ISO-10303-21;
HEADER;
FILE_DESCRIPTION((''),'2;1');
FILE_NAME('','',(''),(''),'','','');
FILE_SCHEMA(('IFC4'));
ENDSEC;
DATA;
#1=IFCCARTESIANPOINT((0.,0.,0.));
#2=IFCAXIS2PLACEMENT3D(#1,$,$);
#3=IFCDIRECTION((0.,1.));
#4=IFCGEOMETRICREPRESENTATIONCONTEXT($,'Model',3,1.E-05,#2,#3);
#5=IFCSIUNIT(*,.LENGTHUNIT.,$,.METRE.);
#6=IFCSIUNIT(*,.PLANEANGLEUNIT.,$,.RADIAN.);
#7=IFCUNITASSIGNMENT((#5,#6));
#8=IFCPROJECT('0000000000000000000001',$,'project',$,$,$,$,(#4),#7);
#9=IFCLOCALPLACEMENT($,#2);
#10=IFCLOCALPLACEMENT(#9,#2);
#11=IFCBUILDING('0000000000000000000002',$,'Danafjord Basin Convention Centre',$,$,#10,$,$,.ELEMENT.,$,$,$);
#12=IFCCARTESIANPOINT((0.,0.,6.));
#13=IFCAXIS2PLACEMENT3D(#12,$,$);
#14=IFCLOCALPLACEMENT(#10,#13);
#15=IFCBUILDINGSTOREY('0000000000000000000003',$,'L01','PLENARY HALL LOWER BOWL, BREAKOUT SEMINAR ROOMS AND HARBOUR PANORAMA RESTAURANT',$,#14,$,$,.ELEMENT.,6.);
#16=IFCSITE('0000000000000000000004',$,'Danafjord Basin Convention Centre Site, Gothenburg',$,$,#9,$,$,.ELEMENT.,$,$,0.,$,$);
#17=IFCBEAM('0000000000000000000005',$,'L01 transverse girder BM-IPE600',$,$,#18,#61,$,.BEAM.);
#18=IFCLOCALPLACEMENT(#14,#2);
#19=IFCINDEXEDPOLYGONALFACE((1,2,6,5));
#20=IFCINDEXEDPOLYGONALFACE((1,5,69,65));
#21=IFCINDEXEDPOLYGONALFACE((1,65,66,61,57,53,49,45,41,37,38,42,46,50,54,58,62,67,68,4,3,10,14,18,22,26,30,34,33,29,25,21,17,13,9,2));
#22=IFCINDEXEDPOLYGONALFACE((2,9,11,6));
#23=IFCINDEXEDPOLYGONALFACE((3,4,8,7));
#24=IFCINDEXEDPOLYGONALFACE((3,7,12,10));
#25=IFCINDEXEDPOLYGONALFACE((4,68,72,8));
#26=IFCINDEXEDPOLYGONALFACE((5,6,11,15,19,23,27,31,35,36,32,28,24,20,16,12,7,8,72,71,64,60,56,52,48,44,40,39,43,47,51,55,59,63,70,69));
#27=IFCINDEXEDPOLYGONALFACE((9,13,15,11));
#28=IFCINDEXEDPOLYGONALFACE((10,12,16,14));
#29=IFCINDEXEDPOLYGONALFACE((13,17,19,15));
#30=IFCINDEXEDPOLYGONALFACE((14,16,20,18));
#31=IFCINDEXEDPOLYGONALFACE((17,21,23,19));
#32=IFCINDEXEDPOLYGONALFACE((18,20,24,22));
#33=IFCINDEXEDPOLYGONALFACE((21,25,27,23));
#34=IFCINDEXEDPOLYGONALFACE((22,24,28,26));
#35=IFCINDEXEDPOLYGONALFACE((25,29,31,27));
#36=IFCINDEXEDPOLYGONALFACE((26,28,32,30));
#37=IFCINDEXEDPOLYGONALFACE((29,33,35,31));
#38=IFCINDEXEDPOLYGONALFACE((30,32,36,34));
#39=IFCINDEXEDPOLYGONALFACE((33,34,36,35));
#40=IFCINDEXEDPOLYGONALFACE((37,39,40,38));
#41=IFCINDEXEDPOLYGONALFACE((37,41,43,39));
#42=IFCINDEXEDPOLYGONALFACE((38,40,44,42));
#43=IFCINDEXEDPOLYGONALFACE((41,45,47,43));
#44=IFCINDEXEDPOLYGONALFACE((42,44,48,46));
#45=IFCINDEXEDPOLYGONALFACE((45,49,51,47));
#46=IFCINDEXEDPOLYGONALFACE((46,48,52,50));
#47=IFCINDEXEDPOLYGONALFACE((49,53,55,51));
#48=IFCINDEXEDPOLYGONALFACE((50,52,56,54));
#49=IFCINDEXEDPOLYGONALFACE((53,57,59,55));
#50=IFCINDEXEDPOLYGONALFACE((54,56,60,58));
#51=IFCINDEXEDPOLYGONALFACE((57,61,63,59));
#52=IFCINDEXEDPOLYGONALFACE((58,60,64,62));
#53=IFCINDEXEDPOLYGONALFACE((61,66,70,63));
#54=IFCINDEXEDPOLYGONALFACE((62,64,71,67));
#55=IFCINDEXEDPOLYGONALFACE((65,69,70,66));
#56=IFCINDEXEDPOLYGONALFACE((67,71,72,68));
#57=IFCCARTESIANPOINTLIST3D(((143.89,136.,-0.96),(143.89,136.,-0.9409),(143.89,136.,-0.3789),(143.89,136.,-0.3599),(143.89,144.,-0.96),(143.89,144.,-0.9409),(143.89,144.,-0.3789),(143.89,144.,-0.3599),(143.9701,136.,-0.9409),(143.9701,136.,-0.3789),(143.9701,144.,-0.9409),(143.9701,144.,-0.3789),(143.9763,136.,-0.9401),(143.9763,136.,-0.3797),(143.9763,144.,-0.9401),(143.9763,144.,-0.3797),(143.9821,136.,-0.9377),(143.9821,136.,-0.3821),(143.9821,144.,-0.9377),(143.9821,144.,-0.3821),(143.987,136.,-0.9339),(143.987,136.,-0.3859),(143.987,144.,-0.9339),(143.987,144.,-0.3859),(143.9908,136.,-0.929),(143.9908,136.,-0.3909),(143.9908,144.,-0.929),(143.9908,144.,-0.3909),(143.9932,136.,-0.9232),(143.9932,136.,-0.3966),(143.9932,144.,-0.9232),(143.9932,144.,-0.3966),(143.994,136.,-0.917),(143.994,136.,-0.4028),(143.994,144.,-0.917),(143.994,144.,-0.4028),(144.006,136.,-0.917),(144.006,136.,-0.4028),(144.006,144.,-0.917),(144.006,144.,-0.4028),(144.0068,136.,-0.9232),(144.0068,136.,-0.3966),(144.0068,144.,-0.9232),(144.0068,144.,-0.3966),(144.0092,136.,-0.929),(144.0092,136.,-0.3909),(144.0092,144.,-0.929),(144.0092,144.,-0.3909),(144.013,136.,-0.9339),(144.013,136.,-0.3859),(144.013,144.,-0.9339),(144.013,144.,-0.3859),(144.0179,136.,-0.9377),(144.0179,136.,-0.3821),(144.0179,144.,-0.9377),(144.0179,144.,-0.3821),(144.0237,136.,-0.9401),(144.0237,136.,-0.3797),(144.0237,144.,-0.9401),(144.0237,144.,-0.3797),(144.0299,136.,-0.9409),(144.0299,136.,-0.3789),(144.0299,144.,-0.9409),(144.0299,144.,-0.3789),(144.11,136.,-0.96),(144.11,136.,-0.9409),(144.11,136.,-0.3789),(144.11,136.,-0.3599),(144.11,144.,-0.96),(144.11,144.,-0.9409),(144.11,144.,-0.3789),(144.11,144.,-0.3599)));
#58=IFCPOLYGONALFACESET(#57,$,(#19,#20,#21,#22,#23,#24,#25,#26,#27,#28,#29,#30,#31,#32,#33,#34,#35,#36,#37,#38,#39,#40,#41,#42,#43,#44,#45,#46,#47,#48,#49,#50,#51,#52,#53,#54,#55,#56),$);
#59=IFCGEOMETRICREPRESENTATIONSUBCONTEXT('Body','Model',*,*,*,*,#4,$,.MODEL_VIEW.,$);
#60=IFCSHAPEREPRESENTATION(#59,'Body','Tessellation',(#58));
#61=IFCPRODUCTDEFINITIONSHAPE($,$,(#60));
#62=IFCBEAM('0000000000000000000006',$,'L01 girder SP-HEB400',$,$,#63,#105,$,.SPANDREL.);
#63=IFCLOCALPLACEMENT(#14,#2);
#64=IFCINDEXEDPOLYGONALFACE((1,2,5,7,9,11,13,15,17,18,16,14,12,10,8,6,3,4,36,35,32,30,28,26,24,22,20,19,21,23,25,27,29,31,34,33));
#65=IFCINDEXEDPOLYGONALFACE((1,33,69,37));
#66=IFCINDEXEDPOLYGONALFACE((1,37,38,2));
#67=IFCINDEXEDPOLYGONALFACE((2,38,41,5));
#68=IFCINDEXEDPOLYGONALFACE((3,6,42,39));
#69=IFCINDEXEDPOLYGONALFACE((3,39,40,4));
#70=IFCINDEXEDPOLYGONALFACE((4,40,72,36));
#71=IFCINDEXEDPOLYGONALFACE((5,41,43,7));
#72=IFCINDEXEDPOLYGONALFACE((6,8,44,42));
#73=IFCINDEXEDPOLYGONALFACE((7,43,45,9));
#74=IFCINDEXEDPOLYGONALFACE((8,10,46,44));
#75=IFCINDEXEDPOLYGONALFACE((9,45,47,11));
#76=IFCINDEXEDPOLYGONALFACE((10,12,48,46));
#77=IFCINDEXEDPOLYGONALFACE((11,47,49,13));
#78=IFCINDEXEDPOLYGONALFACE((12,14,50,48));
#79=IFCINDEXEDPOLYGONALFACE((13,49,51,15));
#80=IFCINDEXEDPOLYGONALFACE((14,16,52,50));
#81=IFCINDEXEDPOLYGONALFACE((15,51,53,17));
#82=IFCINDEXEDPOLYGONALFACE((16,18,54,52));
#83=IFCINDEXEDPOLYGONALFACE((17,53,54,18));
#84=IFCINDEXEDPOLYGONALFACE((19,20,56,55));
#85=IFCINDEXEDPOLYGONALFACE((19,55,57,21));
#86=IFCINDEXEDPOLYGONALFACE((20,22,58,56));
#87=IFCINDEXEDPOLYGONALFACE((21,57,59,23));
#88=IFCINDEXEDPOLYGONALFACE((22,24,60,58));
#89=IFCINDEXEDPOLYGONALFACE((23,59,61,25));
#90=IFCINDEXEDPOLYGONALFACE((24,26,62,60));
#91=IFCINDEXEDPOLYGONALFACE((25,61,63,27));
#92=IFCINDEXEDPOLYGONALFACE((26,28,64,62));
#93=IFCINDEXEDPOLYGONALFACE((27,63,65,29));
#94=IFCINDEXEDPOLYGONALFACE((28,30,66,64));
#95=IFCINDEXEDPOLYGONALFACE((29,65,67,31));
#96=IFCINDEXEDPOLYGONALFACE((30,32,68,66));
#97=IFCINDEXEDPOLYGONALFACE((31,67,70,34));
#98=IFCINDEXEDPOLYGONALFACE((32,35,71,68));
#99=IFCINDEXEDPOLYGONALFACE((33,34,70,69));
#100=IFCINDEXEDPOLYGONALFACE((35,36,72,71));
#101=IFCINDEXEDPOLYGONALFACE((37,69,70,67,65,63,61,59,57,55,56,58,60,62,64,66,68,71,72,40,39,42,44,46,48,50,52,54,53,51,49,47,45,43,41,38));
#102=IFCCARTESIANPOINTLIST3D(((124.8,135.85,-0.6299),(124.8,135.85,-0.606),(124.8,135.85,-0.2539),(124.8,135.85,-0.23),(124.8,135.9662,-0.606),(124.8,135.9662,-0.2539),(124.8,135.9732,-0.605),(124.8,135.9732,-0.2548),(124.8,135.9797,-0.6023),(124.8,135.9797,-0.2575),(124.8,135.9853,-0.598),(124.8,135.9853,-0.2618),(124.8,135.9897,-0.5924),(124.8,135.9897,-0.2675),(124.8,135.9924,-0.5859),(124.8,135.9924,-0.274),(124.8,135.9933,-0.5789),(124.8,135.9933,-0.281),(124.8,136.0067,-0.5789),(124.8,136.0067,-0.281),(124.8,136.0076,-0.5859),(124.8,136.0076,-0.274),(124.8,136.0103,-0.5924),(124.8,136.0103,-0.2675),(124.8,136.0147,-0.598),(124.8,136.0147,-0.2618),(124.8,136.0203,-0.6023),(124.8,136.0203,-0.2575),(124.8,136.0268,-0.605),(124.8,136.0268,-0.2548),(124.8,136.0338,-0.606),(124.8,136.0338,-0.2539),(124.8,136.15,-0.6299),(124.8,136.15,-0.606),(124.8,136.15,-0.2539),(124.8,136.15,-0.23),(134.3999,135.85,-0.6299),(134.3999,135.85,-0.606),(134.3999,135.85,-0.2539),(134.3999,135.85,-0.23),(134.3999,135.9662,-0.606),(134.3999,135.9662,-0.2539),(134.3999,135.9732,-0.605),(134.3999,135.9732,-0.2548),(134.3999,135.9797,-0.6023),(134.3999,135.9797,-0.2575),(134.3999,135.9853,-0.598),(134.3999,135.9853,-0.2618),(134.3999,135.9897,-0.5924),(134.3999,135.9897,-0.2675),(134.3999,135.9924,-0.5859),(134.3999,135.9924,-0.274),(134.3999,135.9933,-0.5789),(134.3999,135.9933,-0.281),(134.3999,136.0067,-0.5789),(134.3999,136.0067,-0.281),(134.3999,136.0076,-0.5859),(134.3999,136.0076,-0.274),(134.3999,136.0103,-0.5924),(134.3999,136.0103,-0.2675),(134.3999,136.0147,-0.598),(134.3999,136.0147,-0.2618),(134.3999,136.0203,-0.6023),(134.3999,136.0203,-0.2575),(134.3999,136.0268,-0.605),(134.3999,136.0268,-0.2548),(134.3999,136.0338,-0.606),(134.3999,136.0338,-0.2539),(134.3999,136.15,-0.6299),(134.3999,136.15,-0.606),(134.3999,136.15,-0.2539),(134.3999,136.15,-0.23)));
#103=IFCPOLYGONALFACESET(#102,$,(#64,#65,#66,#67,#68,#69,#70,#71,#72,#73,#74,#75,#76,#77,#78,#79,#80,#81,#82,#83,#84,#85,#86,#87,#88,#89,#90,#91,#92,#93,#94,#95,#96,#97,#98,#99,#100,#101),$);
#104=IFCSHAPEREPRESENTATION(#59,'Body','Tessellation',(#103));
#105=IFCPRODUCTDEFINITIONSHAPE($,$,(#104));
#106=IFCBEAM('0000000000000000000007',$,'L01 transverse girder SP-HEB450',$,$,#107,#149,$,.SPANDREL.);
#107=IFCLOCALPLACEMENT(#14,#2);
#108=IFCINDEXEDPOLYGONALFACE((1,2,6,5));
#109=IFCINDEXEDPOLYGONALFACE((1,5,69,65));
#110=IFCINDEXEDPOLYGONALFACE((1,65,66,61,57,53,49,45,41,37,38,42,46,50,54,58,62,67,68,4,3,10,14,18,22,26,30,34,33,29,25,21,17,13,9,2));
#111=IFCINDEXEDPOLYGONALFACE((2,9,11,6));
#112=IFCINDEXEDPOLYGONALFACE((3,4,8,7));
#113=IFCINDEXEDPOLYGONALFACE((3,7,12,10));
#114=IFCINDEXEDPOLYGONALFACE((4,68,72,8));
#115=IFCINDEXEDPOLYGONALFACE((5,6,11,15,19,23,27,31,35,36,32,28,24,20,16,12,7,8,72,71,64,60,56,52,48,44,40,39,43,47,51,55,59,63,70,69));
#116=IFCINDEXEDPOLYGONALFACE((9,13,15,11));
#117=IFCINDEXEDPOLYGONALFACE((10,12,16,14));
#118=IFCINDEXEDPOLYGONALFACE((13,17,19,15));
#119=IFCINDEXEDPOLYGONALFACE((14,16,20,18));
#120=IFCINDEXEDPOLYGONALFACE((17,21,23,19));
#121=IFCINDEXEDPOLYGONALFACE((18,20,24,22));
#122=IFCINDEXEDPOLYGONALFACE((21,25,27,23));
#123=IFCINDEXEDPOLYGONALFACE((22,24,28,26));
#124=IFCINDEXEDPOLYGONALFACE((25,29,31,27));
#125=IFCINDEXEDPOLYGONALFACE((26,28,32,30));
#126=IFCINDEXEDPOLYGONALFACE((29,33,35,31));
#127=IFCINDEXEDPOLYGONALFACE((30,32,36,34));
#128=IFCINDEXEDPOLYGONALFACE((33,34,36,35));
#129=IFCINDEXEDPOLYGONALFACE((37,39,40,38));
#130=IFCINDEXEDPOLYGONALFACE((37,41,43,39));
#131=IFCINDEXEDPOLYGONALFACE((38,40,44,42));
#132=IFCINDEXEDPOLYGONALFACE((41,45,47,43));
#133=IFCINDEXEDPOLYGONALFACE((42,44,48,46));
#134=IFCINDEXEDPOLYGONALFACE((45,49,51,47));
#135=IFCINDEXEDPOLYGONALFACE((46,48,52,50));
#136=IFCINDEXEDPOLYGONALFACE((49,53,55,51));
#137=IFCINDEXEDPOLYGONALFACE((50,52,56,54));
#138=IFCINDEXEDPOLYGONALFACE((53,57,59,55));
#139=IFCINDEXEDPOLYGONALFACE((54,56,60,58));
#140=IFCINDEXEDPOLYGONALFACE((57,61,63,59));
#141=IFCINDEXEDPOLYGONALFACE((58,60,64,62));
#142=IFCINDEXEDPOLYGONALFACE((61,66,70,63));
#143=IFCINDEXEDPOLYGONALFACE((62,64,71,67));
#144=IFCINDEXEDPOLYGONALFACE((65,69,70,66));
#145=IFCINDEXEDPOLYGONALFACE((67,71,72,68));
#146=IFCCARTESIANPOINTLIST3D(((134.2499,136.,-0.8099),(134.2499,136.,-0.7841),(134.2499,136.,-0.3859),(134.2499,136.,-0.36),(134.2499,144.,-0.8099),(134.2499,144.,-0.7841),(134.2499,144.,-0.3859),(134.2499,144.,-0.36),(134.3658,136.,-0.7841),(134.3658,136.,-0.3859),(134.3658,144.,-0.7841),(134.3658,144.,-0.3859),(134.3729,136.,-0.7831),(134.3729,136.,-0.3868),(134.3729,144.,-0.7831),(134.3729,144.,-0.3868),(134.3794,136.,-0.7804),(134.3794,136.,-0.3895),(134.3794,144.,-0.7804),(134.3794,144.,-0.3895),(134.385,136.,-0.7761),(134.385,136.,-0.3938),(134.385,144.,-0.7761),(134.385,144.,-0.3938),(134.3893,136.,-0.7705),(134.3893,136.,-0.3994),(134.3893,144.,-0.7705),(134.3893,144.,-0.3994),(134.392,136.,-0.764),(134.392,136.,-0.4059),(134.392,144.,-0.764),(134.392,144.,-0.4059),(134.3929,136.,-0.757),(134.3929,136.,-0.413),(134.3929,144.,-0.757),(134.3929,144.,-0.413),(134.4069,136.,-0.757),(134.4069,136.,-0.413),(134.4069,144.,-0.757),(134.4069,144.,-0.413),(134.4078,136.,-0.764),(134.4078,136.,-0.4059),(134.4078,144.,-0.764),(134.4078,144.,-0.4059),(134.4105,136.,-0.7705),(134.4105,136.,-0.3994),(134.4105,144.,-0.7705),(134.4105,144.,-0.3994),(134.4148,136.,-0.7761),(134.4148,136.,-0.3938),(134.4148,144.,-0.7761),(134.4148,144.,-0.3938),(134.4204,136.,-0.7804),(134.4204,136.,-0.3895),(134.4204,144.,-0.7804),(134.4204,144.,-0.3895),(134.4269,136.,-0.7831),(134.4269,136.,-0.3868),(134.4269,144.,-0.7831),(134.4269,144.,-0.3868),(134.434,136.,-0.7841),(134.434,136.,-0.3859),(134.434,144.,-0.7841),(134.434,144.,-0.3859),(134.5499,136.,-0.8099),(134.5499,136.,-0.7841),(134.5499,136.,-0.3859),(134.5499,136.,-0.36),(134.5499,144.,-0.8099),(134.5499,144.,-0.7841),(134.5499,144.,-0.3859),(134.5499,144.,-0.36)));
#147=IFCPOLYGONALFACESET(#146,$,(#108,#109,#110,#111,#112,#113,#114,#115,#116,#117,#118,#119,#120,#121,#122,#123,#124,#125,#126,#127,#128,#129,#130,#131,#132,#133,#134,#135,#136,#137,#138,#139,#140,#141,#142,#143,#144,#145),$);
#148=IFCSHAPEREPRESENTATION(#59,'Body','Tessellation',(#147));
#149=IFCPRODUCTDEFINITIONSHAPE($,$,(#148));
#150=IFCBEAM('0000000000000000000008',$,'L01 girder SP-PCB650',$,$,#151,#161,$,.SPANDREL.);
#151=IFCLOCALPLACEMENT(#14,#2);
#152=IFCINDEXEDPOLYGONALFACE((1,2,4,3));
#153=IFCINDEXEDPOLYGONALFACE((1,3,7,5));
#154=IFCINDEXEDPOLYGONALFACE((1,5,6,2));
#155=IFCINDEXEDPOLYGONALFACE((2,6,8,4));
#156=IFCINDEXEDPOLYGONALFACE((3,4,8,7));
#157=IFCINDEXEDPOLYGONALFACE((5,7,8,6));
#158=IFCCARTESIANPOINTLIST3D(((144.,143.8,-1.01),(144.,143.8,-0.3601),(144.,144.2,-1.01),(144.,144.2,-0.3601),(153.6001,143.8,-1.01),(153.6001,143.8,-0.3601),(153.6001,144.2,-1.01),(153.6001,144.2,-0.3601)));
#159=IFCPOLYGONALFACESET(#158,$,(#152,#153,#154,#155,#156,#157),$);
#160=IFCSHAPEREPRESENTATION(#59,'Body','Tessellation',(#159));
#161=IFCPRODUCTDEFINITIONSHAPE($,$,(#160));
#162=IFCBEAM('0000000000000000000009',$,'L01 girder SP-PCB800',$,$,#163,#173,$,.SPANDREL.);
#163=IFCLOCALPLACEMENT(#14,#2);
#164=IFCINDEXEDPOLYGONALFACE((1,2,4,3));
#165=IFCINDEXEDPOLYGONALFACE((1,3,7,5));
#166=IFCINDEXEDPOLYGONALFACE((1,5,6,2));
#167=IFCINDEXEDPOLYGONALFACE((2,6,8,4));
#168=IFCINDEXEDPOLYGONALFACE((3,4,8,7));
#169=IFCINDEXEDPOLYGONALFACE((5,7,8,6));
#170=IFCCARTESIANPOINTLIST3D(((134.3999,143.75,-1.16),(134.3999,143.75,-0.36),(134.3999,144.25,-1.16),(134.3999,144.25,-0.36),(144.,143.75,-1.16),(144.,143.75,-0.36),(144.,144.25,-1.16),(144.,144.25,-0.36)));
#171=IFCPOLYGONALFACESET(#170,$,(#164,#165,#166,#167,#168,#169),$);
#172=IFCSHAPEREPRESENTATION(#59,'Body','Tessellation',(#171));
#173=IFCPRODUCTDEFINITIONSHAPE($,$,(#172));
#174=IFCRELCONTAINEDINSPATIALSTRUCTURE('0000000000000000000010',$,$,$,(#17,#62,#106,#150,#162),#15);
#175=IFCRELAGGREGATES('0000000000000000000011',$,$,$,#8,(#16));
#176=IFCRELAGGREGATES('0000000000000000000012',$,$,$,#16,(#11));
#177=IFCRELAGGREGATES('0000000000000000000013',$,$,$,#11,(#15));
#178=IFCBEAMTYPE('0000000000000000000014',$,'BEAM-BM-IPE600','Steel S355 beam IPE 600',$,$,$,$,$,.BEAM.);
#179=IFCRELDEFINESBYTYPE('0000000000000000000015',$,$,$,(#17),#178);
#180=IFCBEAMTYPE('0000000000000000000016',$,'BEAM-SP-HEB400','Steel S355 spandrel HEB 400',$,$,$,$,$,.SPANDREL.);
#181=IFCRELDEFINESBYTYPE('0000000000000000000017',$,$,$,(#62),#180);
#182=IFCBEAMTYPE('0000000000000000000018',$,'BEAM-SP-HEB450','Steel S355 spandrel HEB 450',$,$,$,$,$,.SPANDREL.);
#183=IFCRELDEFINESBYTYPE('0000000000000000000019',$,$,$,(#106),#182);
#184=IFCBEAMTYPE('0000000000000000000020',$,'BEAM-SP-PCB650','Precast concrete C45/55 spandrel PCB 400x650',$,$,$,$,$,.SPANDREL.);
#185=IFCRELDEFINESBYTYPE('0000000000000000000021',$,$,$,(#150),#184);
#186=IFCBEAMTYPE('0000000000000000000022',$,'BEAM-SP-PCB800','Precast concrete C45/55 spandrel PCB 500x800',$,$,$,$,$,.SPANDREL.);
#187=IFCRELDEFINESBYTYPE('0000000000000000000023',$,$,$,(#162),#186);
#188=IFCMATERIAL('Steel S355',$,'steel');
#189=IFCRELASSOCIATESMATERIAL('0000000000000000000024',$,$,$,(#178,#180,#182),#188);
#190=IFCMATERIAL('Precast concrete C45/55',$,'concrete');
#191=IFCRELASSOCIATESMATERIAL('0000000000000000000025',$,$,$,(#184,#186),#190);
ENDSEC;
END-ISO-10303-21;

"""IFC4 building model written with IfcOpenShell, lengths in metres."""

from ifc_helpers import new_model, si_unit, direction, frame, origin, origin_2d, place, context, subcontext, project, spatial, rectangle, i_section, extrude, material, material_profile, profile_set, type_object, element, save


model = new_model("IFC4")

# Units and contexts
model_context = context("Model", 3, precision=1e-05, world=origin(), true_north=direction((0.0, 1.0)))
body_context = subcontext(model_context, "Body", "Model", "MODEL_VIEW")
ifc_project = project(units=[si_unit("LENGTHUNIT", "METRE"), si_unit("PLANEANGLEUNIT", "RADIAN")], contexts=[model_context])

# Site, building, storey
site_placement = place(None, origin())
site = spatial("IfcSite", under=ifc_project, at=site_placement, Name="Danafjord Basin Convention Centre Site, Gothenburg", CompositionType="ELEMENT", RefElevation=0.0)
building_placement = place(site_placement, origin())
building = spatial("IfcBuilding", under=site, at=building_placement, Name="Danafjord Basin Convention Centre", CompositionType="ELEMENT")
storey_placement = place(building_placement, frame((0.0, 0.0, 6.0)))
storey = spatial("IfcBuildingStorey", under=building, at=storey_placement, Name="L01", Description="PLENARY HALL LOWER BOWL, BREAKOUT SEMINAR ROOMS AND HARBOUR PANORAMA RESTAURANT", CompositionType="ELEMENT", Elevation=6.0)

# Shared definitions
ifc_material_1 = material(Name="Steel S355", Category="steel")

# Beams
ifc_material_profile_1 = material_profile(ifc_material_1, i_section(OverallWidth=0.22, OverallDepth=0.6001, WebThickness=0.012, FlangeThickness=0.019, FilletRadius=0.0239, at=origin_2d()), Name="IPE 600")
ifc_profile_set_1 = profile_set([ifc_material_profile_1], Name="Steel S355")
beam_type_1 = type_object("IfcBeamType", Name="BEAM-BM-IPE600", Description="Steel S355 beam IPE 600", PredefinedType="BEAM", material=ifc_profile_set_1)
beam_1_placement = place(storey_placement, frame((144.0, 136.0, -0.6599), z_axis=(0.0, 1.0, 0.0), x_axis=(-1.0, 0.0, 0.0)))
element("IfcBeam", 1, at=beam_1_placement, inside=storey, type_object=beam_type_1, Name="L01 transverse girder BM-IPE600", PredefinedType="BEAM", context=body_context, shape_type="SweptSolid", body=[
    extrude(i_section(OverallWidth=0.22, OverallDepth=0.6001, WebThickness=0.012, FlangeThickness=0.019, FilletRadius=0.0239, at=origin_2d()), origin(), (0.0, 0.0, 1.0), 8.0),
])
ifc_material_profile_2 = material_profile(ifc_material_1, i_section(OverallWidth=0.3, OverallDepth=0.3999, WebThickness=0.0134, FlangeThickness=0.0239, FilletRadius=0.0271, at=origin_2d()), Name="HEB 400")
ifc_profile_set_2 = profile_set([ifc_material_profile_2], Name="Steel S355")
beam_type_2 = type_object("IfcBeamType", Name="BEAM-SP-HEB400", Description="Steel S355 spandrel HEB 400", PredefinedType="SPANDREL", material=ifc_profile_set_2)
beam_2_placement = place(storey_placement, frame((124.8, 136.0, -0.4299), z_axis=(1.0, 0.0, 0.0), x_axis=(0.0, 1.0, 0.0)))
element("IfcBeam", 2, at=beam_2_placement, inside=storey, type_object=beam_type_2, Name="L01 girder SP-HEB400", PredefinedType="SPANDREL", context=body_context, shape_type="SweptSolid", body=[
    extrude(i_section(OverallWidth=0.3, OverallDepth=0.3999, WebThickness=0.0134, FlangeThickness=0.0239, FilletRadius=0.0271, at=origin_2d()), origin(), (0.0, 0.0, 1.0), 9.5999),
])
ifc_material_profile_3 = material_profile(ifc_material_1, i_section(OverallWidth=0.3, OverallDepth=0.45, WebThickness=0.0139, FlangeThickness=0.0259, FilletRadius=0.0271, at=origin_2d()), Name="HEB 450")
ifc_profile_set_3 = profile_set([ifc_material_profile_3], Name="Steel S355")
beam_type_3 = type_object("IfcBeamType", Name="BEAM-SP-HEB450", Description="Steel S355 spandrel HEB 450", PredefinedType="SPANDREL", material=ifc_profile_set_3)
beam_3_placement = place(storey_placement, frame((134.3999, 136.0, -0.585), z_axis=(0.0, 1.0, 0.0), x_axis=(-1.0, 0.0, 0.0)))
element("IfcBeam", 3, at=beam_3_placement, inside=storey, type_object=beam_type_3, Name="L01 transverse girder SP-HEB450", PredefinedType="SPANDREL", context=body_context, shape_type="SweptSolid", body=[
    extrude(i_section(OverallWidth=0.3, OverallDepth=0.45, WebThickness=0.0139, FlangeThickness=0.0259, FilletRadius=0.0271, at=origin_2d()), origin(), (0.0, 0.0, 1.0), 8.0),
])
ifc_material_2 = material(Name="Precast concrete C45/55", Category="concrete")
ifc_material_profile_4 = material_profile(ifc_material_2, rectangle(XDim=0.3999, YDim=0.6499, at=origin_2d()), Name="PCB 400x650")
ifc_profile_set_4 = profile_set([ifc_material_profile_4], Name="Precast concrete C45/55")
beam_type_4 = type_object("IfcBeamType", Name="BEAM-SP-PCB650", Description="Precast concrete C45/55 spandrel PCB 400x650", PredefinedType="SPANDREL", material=ifc_profile_set_4)
beam_4_placement = place(storey_placement, frame((144.0, 144.0, -0.6851), z_axis=(1.0, 0.0, 0.0), x_axis=(0.0, 1.0, 0.0)))
element("IfcBeam", 4, at=beam_4_placement, inside=storey, type_object=beam_type_4, Name="L01 girder SP-PCB650", PredefinedType="SPANDREL", context=body_context, shape_type="SweptSolid", body=[
    extrude(rectangle(XDim=0.3999, YDim=0.6499, at=origin_2d()), origin(), (0.0, 0.0, 1.0), 9.6001),
])
ifc_material_profile_5 = material_profile(ifc_material_2, rectangle(XDim=0.5, YDim=0.8, at=origin_2d()), Name="PCB 500x800")
ifc_profile_set_5 = profile_set([ifc_material_profile_5], Name="Precast concrete C45/55")
beam_type_5 = type_object("IfcBeamType", Name="BEAM-SP-PCB800", Description="Precast concrete C45/55 spandrel PCB 500x800", PredefinedType="SPANDREL", material=ifc_profile_set_5)
beam_5_placement = place(storey_placement, frame((134.3999, 144.0, -0.76), z_axis=(1.0, 0.0, 0.0), x_axis=(0.0, 1.0, 0.0)))
element("IfcBeam", 5, at=beam_5_placement, inside=storey, type_object=beam_type_5, Name="L01 girder SP-PCB800", PredefinedType="SPANDREL", context=body_context, shape_type="SweptSolid", body=[
    extrude(rectangle(XDim=0.5, YDim=0.8, at=origin_2d()), origin(), (0.0, 0.0, 1.0), 9.6001),
])

save(model, "model.ifc")
